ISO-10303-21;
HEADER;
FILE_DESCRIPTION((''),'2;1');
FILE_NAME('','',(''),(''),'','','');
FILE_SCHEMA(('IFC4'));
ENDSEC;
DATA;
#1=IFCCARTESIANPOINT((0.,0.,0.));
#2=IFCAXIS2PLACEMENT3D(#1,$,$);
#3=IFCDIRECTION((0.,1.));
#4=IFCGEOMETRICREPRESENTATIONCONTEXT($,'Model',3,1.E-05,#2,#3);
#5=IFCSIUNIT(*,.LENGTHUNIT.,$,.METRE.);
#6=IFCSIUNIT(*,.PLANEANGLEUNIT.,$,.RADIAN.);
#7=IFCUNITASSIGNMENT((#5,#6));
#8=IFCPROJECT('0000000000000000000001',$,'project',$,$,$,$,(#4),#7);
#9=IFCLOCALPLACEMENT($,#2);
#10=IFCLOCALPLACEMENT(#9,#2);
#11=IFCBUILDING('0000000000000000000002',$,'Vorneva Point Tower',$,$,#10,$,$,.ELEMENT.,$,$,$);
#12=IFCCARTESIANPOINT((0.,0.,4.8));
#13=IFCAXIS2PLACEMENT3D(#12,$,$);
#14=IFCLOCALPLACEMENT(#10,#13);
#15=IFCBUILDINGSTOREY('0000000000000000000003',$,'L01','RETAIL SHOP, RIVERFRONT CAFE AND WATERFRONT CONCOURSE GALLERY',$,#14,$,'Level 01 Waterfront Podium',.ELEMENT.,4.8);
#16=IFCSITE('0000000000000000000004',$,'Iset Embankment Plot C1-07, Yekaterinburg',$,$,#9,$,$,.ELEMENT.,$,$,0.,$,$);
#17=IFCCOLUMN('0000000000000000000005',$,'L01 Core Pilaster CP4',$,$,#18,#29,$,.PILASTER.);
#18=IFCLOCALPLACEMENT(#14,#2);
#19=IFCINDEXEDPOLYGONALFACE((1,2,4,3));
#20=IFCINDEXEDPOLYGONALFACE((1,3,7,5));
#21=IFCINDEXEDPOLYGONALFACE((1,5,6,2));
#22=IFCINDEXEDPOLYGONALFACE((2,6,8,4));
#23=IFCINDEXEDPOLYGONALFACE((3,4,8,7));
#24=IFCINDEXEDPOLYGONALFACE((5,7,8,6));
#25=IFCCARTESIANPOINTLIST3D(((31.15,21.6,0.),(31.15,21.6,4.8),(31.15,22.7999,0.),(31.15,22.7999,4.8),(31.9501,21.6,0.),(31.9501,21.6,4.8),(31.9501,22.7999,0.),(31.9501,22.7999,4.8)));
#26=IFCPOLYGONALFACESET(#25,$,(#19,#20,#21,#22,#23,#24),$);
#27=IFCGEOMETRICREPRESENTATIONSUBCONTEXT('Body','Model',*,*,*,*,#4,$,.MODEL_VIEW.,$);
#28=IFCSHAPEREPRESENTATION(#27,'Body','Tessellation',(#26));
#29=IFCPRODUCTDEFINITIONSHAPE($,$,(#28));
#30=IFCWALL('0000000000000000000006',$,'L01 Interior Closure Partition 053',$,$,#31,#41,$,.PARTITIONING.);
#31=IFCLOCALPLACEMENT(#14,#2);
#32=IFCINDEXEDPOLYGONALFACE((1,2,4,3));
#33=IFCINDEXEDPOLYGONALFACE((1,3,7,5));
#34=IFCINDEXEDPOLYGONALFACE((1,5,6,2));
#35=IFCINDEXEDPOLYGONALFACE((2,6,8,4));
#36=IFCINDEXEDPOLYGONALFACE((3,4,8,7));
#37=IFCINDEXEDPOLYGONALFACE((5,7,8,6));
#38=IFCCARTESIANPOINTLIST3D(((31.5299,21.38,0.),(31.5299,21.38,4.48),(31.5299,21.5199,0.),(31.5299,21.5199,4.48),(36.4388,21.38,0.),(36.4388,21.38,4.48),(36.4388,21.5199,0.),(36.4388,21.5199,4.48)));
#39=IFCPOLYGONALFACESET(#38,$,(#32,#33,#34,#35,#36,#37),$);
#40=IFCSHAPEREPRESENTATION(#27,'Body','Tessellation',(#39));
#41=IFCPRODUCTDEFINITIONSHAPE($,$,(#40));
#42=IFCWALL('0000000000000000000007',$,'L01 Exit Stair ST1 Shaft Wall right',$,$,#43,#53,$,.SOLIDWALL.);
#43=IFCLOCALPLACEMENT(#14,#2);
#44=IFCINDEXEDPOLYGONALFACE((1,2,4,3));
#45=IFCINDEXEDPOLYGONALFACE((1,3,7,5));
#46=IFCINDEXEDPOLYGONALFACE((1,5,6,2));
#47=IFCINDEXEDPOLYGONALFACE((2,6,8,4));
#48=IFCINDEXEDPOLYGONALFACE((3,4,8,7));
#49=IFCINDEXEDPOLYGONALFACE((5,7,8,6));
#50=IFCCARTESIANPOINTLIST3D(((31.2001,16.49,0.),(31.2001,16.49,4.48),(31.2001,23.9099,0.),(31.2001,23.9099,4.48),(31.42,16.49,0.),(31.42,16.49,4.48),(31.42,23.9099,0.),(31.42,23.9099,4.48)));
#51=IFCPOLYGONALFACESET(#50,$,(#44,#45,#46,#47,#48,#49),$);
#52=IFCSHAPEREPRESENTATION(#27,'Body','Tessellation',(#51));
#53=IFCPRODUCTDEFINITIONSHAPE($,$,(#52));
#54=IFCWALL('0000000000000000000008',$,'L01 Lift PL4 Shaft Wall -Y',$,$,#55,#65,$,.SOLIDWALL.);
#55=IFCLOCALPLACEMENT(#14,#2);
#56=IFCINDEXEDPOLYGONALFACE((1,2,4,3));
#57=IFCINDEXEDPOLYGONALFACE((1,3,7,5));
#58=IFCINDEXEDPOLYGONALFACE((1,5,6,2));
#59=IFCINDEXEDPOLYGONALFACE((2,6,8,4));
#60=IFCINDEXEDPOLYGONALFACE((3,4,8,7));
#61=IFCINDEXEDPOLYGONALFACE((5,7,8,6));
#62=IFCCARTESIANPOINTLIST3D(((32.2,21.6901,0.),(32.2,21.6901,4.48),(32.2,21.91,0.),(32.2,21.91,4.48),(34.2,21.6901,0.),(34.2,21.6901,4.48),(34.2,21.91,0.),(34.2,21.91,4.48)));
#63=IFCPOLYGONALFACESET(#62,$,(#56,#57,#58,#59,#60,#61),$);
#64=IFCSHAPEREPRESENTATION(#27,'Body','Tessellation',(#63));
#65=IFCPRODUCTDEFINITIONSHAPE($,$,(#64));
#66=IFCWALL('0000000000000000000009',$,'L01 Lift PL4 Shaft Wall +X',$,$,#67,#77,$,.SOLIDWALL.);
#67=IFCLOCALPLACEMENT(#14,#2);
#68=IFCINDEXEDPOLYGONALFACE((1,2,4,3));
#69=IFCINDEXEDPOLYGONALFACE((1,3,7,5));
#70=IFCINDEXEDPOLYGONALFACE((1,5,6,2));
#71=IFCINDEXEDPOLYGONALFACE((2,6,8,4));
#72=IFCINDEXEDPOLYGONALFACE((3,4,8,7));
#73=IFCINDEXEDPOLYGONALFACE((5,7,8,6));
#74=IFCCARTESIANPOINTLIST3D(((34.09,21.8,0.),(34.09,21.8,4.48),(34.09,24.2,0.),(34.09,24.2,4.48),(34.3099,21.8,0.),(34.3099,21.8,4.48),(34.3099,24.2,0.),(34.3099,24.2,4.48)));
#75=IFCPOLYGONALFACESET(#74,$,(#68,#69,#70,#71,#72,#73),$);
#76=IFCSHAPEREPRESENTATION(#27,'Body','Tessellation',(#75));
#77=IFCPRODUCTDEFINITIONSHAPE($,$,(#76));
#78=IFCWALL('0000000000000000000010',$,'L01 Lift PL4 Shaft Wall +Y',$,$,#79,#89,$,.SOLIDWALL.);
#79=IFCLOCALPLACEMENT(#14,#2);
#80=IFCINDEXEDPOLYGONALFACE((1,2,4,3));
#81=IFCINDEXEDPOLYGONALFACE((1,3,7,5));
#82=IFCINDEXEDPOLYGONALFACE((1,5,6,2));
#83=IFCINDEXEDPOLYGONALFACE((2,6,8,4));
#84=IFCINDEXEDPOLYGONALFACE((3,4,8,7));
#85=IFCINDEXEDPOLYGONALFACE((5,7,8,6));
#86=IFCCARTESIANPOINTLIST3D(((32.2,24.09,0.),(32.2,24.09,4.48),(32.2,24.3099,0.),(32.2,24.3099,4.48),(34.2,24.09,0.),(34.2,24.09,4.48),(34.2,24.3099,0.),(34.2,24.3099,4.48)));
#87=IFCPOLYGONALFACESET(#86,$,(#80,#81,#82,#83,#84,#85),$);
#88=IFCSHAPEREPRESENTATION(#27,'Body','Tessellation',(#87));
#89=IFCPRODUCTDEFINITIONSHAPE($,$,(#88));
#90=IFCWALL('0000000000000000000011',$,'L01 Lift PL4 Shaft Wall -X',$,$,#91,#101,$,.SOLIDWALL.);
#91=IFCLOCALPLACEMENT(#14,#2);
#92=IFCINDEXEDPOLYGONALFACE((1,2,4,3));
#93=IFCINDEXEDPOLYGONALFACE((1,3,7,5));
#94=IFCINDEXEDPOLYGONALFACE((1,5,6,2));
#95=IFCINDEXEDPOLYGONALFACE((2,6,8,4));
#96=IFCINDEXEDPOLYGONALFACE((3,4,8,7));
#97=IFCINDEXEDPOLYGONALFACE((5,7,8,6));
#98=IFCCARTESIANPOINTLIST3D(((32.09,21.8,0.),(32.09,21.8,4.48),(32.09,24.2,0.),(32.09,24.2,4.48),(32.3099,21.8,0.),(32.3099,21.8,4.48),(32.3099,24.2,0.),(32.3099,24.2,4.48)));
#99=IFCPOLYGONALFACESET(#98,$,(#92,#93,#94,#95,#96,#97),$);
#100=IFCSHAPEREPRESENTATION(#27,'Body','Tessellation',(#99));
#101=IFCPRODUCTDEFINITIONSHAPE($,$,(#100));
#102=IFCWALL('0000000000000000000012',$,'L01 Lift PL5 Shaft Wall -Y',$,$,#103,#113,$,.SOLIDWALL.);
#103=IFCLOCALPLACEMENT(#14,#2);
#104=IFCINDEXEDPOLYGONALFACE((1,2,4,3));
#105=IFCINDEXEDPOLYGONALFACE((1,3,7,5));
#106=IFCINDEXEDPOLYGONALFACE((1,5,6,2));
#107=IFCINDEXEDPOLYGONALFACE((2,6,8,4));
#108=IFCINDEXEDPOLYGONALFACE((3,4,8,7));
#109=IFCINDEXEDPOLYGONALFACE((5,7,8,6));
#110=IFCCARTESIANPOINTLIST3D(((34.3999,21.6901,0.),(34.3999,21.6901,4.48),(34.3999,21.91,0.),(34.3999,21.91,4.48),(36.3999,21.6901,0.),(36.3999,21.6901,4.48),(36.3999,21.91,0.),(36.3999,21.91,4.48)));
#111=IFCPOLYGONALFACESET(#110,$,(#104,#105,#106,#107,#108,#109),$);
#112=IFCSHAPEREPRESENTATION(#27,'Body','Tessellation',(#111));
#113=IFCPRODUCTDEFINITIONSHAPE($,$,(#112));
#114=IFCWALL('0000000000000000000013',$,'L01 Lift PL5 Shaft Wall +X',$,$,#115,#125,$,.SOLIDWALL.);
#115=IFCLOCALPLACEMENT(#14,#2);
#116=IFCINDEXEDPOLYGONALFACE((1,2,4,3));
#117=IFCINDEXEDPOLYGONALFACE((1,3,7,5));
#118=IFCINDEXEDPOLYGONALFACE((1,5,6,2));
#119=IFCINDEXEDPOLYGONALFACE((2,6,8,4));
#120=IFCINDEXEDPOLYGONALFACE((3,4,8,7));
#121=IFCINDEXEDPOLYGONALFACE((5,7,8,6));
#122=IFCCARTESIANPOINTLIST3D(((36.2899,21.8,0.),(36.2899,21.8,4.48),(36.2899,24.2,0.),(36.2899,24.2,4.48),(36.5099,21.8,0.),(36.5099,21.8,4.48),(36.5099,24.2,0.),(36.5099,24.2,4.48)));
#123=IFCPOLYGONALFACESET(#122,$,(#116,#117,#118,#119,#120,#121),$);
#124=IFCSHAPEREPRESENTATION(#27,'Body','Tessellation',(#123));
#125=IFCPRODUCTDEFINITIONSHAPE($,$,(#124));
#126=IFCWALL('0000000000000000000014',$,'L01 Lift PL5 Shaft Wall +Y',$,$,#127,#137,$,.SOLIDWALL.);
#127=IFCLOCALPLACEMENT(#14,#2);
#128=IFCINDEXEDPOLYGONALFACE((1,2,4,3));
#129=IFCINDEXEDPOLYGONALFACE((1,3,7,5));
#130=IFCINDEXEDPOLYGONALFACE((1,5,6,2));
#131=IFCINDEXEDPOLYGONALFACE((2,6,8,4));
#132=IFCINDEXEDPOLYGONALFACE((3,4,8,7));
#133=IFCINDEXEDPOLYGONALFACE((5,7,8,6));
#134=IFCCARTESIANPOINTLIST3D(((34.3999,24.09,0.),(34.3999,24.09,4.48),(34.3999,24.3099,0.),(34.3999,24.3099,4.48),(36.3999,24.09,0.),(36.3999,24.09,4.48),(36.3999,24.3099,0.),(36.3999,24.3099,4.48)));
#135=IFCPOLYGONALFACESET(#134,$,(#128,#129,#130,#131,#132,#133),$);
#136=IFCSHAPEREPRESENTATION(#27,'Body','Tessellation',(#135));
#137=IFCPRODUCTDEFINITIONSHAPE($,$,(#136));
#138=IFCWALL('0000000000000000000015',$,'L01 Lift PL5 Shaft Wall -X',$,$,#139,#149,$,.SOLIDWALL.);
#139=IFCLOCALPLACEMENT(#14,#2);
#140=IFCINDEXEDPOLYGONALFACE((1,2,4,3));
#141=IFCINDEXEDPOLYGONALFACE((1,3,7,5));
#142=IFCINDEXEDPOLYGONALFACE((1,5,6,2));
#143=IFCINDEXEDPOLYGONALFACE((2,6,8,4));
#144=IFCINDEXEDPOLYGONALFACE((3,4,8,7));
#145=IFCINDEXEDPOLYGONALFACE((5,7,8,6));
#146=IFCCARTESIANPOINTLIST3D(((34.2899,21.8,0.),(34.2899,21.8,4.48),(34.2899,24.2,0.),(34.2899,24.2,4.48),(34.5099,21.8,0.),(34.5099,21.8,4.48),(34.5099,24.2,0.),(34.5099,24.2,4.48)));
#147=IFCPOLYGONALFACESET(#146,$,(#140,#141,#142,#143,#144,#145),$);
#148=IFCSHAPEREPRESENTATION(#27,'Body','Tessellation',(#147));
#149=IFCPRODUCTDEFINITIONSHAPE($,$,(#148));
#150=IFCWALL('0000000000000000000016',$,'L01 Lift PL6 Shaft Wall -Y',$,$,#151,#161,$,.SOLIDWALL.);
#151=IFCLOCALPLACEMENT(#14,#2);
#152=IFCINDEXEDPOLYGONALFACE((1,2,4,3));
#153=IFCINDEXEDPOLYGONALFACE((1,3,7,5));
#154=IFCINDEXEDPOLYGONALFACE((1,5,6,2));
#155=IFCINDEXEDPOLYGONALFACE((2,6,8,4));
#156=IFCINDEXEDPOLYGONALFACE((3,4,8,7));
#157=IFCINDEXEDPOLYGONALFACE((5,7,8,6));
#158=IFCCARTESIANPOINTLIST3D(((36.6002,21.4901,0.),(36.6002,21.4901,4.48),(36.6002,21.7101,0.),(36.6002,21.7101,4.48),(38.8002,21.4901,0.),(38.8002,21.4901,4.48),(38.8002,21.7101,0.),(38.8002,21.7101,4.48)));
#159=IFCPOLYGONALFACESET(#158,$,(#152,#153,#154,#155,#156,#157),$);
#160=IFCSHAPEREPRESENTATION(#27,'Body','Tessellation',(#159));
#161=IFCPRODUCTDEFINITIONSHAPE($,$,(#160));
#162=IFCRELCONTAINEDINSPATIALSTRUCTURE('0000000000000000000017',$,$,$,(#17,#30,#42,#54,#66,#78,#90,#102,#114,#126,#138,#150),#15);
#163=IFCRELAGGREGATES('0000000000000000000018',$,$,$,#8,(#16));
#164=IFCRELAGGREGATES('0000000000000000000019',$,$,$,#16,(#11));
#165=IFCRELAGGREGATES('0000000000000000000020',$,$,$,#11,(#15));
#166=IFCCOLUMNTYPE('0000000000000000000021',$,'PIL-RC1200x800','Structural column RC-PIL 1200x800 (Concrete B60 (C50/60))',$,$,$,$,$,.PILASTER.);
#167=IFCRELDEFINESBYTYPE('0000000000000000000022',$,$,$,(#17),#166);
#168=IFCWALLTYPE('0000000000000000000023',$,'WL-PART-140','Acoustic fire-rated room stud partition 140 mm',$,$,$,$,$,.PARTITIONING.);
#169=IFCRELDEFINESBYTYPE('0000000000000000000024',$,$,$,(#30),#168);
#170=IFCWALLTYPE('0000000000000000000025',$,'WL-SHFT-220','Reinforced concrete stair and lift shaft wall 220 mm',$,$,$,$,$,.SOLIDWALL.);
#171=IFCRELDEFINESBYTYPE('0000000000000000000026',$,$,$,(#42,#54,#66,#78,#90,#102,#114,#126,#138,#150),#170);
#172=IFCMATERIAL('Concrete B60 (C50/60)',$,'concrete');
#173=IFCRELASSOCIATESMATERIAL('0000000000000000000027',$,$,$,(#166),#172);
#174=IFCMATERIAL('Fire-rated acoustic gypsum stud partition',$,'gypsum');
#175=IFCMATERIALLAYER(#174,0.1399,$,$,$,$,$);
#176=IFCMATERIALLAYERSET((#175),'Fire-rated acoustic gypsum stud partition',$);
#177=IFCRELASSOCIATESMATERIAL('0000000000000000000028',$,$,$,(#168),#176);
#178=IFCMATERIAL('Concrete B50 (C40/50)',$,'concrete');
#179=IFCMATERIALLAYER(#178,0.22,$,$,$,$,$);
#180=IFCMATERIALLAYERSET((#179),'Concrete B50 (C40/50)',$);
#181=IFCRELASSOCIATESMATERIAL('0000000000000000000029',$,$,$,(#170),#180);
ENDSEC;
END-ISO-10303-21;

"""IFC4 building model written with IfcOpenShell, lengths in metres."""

from ifc_helpers import new_model, si_unit, direction, frame, frame_2d, origin, origin_2d, place, context, subcontext, project, spatial, rectangle, extrude, material, layer, layer_set, material_profile, profile_set, type_object, element, save


model = new_model("IFC4")

# Units and contexts
model_context = context("Model", 3, precision=1e-05, world=origin(), true_north=direction((0.0, 1.0)))
body_context = subcontext(model_context, "Body", "Model", "MODEL_VIEW")
ifc_project = project(units=[si_unit("LENGTHUNIT", "METRE"), si_unit("PLANEANGLEUNIT", "RADIAN")], contexts=[model_context])

# Site, building, storey
site_placement = place(None, origin())
site = spatial("IfcSite", under=ifc_project, at=site_placement, Name="Iset Embankment Plot C1-07, Yekaterinburg", CompositionType="ELEMENT", RefElevation=0.0)
building_placement = place(site_placement, origin())
building = spatial("IfcBuilding", under=site, at=building_placement, Name="Vorneva Point Tower", CompositionType="ELEMENT")
storey_placement = place(building_placement, frame((0.0, 0.0, 4.8)))
storey = spatial("IfcBuildingStorey", under=building, at=storey_placement, Name="L01", Description="RETAIL SHOP, RIVERFRONT CAFE AND WATERFRONT CONCOURSE GALLERY", LongName="Level 01 Waterfront Podium", CompositionType="ELEMENT", Elevation=4.8)

# Column
ifc_material_1 = material(Name="Concrete B60 (C50/60)", Category="concrete")
ifc_material_profile = material_profile(ifc_material_1, rectangle(XDim=0.8, YDim=1.2, at=origin_2d()), Name="RC-PIL 1200x800")
ifc_profile_set = profile_set([ifc_material_profile], Name="Concrete B60 (C50/60)")
column_type = type_object("IfcColumnType", Name="PIL-RC1200x800", Description="Structural column RC-PIL 1200x800 (Concrete B60 (C50/60))", PredefinedType="PILASTER", material=ifc_profile_set)
column_placement = place(storey_placement, frame((31.55, 22.2, 0.0), z_axis=(0.0, 0.0, 1.0), x_axis=(1.0, 0.0, 0.0)))
element("IfcColumn", 1, at=column_placement, inside=storey, type_object=column_type, Name="L01 Core Pilaster CP4", PredefinedType="PILASTER", context=body_context, shape_type="SweptSolid", body=[
    extrude(rectangle(XDim=0.8, YDim=1.2, at=origin_2d()), origin(), (0.0, 0.0, 1.0), 4.8),
])

# Wall
ifc_material_2 = material(Name="Fire-rated acoustic gypsum stud partition", Category="gypsum")
ifc_layer_1 = layer(ifc_material_2, 0.1399)
ifc_layer_set_1 = layer_set([ifc_layer_1], Name="Fire-rated acoustic gypsum stud partition")
wall_type_1 = type_object("IfcWallType", Name="WL-PART-140", Description="Acoustic fire-rated room stud partition 140 mm", PredefinedType="PARTITIONING", material=ifc_layer_set_1)
wall_1_placement = place(storey_placement, frame((36.439, 21.45, 0.0), z_axis=(0.0, 0.0, 1.0), x_axis=(-1.0, 0.0, 0.0)))
element("IfcWall", 2, at=wall_1_placement, inside=storey, type_object=wall_type_1, Name="L01 Interior Closure Partition 053", PredefinedType="PARTITIONING", context=body_context, shape_type="SweptSolid", body=[
    extrude(rectangle(XDim=4.9089, YDim=0.1399, at=frame_2d((2.4546, 0.0))), origin(), (0.0, 0.0, 1.0), 4.48),
])

# Shared definitions
ifc_material_3 = material(Name="Concrete B50 (C40/50)", Category="concrete")
ifc_layer_2 = layer(ifc_material_3, 0.22)
ifc_layer_set_2 = layer_set([ifc_layer_2], Name="Concrete B50 (C40/50)")
wall_type_2 = type_object("IfcWallType", Name="WL-SHFT-220", Description="Reinforced concrete stair and lift shaft wall 220 mm", PredefinedType="SOLIDWALL", material=ifc_layer_set_2)

# Walls
wall_2_placement = place(storey_placement, frame((31.3101, 23.9099, 0.0), z_axis=(0.0, 0.0, 1.0), x_axis=(0.0, -1.0, 0.0)))
element("IfcWall", 3, at=wall_2_placement, inside=storey, type_object=wall_type_2, Name="L01 Exit Stair ST1 Shaft Wall right", PredefinedType="SOLIDWALL", context=body_context, shape_type="SweptSolid", body=[
    extrude(rectangle(XDim=7.4199, YDim=0.22, at=frame_2d((3.71, 0.0))), origin(), (0.0, 0.0, 1.0), 4.48),
])
wall_3_placement = place(storey_placement, frame((32.2, 21.8, 0.0), z_axis=(0.0, 0.0, 1.0), x_axis=(1.0, 0.0, 0.0)))
element("IfcWall", 4, at=wall_3_placement, inside=storey, type_object=wall_type_2, Name="L01 Lift PL4 Shaft Wall -Y", PredefinedType="SOLIDWALL", context=body_context, shape_type="SweptSolid", body=[
    extrude(rectangle(XDim=2.0, YDim=0.22, at=frame_2d((1.0, 0.0))), origin(), (0.0, 0.0, 1.0), 4.48),
])
wall_4_placement = place(storey_placement, frame((34.2, 21.8, 0.0), z_axis=(0.0, 0.0, 1.0), x_axis=(0.0, 1.0, 0.0)))
element("IfcWall", 5, at=wall_4_placement, inside=storey, type_object=wall_type_2, Name="L01 Lift PL4 Shaft Wall +X", PredefinedType="SOLIDWALL", context=body_context, shape_type="SweptSolid", body=[
    extrude(rectangle(XDim=2.3999, YDim=0.22, at=frame_2d((1.2, 0.0))), origin(), (0.0, 0.0, 1.0), 4.48),
])
wall_5_placement = place(storey_placement, frame((34.2, 24.2, 0.0), z_axis=(0.0, 0.0, 1.0), x_axis=(-1.0, 0.0, 0.0)))
element("IfcWall", 6, at=wall_5_placement, inside=storey, type_object=wall_type_2, Name="L01 Lift PL4 Shaft Wall +Y", PredefinedType="SOLIDWALL", context=body_context, shape_type="SweptSolid", body=[
    extrude(rectangle(XDim=2.0, YDim=0.22, at=frame_2d((1.0, 0.0))), origin(), (0.0, 0.0, 1.0), 4.48),
])
wall_6_placement = place(storey_placement, frame((32.2, 24.2, 0.0), z_axis=(0.0, 0.0, 1.0), x_axis=(0.0, -1.0, 0.0)))
element("IfcWall", 7, at=wall_6_placement, inside=storey, type_object=wall_type_2, Name="L01 Lift PL4 Shaft Wall -X", PredefinedType="SOLIDWALL", context=body_context, shape_type="SweptSolid", body=[
    extrude(rectangle(XDim=2.3999, YDim=0.22, at=frame_2d((1.2, 0.0))), origin(), (0.0, 0.0, 1.0), 4.48),
])
wall_7_placement = place(storey_placement, frame((34.3999, 21.8, 0.0), z_axis=(0.0, 0.0, 1.0), x_axis=(1.0, 0.0, 0.0)))
element("IfcWall", 8, at=wall_7_placement, inside=storey, type_object=wall_type_2, Name="L01 Lift PL5 Shaft Wall -Y", PredefinedType="SOLIDWALL", context=body_context, shape_type="SweptSolid", body=[
    extrude(rectangle(XDim=2.0, YDim=0.22, at=frame_2d((1.0, 0.0))), origin(), (0.0, 0.0, 1.0), 4.48),
])
wall_8_placement = place(storey_placement, frame((36.3999, 21.8, 0.0), z_axis=(0.0, 0.0, 1.0), x_axis=(0.0, 1.0, 0.0)))
element("IfcWall", 9, at=wall_8_placement, inside=storey, type_object=wall_type_2, Name="L01 Lift PL5 Shaft Wall +X", PredefinedType="SOLIDWALL", context=body_context, shape_type="SweptSolid", body=[
    extrude(rectangle(XDim=2.3999, YDim=0.22, at=frame_2d((1.2, 0.0))), origin(), (0.0, 0.0, 1.0), 4.48),
])
wall_9_placement = place(storey_placement, frame((36.3999, 24.2, 0.0), z_axis=(0.0, 0.0, 1.0), x_axis=(-1.0, 0.0, 0.0)))
element("IfcWall", 10, at=wall_9_placement, inside=storey, type_object=wall_type_2, Name="L01 Lift PL5 Shaft Wall +Y", PredefinedType="SOLIDWALL", context=body_context, shape_type="SweptSolid", body=[
    extrude(rectangle(XDim=2.0, YDim=0.22, at=frame_2d((1.0, 0.0))), origin(), (0.0, 0.0, 1.0), 4.48),
])
wall_10_placement = place(storey_placement, frame((34.3999, 24.2, 0.0), z_axis=(0.0, 0.0, 1.0), x_axis=(0.0, -1.0, 0.0)))
element("IfcWall", 11, at=wall_10_placement, inside=storey, type_object=wall_type_2, Name="L01 Lift PL5 Shaft Wall -X", PredefinedType="SOLIDWALL", context=body_context, shape_type="SweptSolid", body=[
    extrude(rectangle(XDim=2.3999, YDim=0.22, at=frame_2d((1.2, 0.0))), origin(), (0.0, 0.0, 1.0), 4.48),
])
wall_11_placement = place(storey_placement, frame((36.6001, 21.6001, 0.0), z_axis=(0.0, 0.0, 1.0), x_axis=(1.0, 0.0, 0.0)))
element("IfcWall", 12, at=wall_11_placement, inside=storey, type_object=wall_type_2, Name="L01 Lift PL6 Shaft Wall -Y", PredefinedType="SOLIDWALL", context=body_context, shape_type="SweptSolid", body=[
    extrude(rectangle(XDim=2.2, YDim=0.22, at=frame_2d((1.1001, 0.0))), origin(), (0.0, 0.0, 1.0), 4.48),
])

save(model, "model.ifc")
